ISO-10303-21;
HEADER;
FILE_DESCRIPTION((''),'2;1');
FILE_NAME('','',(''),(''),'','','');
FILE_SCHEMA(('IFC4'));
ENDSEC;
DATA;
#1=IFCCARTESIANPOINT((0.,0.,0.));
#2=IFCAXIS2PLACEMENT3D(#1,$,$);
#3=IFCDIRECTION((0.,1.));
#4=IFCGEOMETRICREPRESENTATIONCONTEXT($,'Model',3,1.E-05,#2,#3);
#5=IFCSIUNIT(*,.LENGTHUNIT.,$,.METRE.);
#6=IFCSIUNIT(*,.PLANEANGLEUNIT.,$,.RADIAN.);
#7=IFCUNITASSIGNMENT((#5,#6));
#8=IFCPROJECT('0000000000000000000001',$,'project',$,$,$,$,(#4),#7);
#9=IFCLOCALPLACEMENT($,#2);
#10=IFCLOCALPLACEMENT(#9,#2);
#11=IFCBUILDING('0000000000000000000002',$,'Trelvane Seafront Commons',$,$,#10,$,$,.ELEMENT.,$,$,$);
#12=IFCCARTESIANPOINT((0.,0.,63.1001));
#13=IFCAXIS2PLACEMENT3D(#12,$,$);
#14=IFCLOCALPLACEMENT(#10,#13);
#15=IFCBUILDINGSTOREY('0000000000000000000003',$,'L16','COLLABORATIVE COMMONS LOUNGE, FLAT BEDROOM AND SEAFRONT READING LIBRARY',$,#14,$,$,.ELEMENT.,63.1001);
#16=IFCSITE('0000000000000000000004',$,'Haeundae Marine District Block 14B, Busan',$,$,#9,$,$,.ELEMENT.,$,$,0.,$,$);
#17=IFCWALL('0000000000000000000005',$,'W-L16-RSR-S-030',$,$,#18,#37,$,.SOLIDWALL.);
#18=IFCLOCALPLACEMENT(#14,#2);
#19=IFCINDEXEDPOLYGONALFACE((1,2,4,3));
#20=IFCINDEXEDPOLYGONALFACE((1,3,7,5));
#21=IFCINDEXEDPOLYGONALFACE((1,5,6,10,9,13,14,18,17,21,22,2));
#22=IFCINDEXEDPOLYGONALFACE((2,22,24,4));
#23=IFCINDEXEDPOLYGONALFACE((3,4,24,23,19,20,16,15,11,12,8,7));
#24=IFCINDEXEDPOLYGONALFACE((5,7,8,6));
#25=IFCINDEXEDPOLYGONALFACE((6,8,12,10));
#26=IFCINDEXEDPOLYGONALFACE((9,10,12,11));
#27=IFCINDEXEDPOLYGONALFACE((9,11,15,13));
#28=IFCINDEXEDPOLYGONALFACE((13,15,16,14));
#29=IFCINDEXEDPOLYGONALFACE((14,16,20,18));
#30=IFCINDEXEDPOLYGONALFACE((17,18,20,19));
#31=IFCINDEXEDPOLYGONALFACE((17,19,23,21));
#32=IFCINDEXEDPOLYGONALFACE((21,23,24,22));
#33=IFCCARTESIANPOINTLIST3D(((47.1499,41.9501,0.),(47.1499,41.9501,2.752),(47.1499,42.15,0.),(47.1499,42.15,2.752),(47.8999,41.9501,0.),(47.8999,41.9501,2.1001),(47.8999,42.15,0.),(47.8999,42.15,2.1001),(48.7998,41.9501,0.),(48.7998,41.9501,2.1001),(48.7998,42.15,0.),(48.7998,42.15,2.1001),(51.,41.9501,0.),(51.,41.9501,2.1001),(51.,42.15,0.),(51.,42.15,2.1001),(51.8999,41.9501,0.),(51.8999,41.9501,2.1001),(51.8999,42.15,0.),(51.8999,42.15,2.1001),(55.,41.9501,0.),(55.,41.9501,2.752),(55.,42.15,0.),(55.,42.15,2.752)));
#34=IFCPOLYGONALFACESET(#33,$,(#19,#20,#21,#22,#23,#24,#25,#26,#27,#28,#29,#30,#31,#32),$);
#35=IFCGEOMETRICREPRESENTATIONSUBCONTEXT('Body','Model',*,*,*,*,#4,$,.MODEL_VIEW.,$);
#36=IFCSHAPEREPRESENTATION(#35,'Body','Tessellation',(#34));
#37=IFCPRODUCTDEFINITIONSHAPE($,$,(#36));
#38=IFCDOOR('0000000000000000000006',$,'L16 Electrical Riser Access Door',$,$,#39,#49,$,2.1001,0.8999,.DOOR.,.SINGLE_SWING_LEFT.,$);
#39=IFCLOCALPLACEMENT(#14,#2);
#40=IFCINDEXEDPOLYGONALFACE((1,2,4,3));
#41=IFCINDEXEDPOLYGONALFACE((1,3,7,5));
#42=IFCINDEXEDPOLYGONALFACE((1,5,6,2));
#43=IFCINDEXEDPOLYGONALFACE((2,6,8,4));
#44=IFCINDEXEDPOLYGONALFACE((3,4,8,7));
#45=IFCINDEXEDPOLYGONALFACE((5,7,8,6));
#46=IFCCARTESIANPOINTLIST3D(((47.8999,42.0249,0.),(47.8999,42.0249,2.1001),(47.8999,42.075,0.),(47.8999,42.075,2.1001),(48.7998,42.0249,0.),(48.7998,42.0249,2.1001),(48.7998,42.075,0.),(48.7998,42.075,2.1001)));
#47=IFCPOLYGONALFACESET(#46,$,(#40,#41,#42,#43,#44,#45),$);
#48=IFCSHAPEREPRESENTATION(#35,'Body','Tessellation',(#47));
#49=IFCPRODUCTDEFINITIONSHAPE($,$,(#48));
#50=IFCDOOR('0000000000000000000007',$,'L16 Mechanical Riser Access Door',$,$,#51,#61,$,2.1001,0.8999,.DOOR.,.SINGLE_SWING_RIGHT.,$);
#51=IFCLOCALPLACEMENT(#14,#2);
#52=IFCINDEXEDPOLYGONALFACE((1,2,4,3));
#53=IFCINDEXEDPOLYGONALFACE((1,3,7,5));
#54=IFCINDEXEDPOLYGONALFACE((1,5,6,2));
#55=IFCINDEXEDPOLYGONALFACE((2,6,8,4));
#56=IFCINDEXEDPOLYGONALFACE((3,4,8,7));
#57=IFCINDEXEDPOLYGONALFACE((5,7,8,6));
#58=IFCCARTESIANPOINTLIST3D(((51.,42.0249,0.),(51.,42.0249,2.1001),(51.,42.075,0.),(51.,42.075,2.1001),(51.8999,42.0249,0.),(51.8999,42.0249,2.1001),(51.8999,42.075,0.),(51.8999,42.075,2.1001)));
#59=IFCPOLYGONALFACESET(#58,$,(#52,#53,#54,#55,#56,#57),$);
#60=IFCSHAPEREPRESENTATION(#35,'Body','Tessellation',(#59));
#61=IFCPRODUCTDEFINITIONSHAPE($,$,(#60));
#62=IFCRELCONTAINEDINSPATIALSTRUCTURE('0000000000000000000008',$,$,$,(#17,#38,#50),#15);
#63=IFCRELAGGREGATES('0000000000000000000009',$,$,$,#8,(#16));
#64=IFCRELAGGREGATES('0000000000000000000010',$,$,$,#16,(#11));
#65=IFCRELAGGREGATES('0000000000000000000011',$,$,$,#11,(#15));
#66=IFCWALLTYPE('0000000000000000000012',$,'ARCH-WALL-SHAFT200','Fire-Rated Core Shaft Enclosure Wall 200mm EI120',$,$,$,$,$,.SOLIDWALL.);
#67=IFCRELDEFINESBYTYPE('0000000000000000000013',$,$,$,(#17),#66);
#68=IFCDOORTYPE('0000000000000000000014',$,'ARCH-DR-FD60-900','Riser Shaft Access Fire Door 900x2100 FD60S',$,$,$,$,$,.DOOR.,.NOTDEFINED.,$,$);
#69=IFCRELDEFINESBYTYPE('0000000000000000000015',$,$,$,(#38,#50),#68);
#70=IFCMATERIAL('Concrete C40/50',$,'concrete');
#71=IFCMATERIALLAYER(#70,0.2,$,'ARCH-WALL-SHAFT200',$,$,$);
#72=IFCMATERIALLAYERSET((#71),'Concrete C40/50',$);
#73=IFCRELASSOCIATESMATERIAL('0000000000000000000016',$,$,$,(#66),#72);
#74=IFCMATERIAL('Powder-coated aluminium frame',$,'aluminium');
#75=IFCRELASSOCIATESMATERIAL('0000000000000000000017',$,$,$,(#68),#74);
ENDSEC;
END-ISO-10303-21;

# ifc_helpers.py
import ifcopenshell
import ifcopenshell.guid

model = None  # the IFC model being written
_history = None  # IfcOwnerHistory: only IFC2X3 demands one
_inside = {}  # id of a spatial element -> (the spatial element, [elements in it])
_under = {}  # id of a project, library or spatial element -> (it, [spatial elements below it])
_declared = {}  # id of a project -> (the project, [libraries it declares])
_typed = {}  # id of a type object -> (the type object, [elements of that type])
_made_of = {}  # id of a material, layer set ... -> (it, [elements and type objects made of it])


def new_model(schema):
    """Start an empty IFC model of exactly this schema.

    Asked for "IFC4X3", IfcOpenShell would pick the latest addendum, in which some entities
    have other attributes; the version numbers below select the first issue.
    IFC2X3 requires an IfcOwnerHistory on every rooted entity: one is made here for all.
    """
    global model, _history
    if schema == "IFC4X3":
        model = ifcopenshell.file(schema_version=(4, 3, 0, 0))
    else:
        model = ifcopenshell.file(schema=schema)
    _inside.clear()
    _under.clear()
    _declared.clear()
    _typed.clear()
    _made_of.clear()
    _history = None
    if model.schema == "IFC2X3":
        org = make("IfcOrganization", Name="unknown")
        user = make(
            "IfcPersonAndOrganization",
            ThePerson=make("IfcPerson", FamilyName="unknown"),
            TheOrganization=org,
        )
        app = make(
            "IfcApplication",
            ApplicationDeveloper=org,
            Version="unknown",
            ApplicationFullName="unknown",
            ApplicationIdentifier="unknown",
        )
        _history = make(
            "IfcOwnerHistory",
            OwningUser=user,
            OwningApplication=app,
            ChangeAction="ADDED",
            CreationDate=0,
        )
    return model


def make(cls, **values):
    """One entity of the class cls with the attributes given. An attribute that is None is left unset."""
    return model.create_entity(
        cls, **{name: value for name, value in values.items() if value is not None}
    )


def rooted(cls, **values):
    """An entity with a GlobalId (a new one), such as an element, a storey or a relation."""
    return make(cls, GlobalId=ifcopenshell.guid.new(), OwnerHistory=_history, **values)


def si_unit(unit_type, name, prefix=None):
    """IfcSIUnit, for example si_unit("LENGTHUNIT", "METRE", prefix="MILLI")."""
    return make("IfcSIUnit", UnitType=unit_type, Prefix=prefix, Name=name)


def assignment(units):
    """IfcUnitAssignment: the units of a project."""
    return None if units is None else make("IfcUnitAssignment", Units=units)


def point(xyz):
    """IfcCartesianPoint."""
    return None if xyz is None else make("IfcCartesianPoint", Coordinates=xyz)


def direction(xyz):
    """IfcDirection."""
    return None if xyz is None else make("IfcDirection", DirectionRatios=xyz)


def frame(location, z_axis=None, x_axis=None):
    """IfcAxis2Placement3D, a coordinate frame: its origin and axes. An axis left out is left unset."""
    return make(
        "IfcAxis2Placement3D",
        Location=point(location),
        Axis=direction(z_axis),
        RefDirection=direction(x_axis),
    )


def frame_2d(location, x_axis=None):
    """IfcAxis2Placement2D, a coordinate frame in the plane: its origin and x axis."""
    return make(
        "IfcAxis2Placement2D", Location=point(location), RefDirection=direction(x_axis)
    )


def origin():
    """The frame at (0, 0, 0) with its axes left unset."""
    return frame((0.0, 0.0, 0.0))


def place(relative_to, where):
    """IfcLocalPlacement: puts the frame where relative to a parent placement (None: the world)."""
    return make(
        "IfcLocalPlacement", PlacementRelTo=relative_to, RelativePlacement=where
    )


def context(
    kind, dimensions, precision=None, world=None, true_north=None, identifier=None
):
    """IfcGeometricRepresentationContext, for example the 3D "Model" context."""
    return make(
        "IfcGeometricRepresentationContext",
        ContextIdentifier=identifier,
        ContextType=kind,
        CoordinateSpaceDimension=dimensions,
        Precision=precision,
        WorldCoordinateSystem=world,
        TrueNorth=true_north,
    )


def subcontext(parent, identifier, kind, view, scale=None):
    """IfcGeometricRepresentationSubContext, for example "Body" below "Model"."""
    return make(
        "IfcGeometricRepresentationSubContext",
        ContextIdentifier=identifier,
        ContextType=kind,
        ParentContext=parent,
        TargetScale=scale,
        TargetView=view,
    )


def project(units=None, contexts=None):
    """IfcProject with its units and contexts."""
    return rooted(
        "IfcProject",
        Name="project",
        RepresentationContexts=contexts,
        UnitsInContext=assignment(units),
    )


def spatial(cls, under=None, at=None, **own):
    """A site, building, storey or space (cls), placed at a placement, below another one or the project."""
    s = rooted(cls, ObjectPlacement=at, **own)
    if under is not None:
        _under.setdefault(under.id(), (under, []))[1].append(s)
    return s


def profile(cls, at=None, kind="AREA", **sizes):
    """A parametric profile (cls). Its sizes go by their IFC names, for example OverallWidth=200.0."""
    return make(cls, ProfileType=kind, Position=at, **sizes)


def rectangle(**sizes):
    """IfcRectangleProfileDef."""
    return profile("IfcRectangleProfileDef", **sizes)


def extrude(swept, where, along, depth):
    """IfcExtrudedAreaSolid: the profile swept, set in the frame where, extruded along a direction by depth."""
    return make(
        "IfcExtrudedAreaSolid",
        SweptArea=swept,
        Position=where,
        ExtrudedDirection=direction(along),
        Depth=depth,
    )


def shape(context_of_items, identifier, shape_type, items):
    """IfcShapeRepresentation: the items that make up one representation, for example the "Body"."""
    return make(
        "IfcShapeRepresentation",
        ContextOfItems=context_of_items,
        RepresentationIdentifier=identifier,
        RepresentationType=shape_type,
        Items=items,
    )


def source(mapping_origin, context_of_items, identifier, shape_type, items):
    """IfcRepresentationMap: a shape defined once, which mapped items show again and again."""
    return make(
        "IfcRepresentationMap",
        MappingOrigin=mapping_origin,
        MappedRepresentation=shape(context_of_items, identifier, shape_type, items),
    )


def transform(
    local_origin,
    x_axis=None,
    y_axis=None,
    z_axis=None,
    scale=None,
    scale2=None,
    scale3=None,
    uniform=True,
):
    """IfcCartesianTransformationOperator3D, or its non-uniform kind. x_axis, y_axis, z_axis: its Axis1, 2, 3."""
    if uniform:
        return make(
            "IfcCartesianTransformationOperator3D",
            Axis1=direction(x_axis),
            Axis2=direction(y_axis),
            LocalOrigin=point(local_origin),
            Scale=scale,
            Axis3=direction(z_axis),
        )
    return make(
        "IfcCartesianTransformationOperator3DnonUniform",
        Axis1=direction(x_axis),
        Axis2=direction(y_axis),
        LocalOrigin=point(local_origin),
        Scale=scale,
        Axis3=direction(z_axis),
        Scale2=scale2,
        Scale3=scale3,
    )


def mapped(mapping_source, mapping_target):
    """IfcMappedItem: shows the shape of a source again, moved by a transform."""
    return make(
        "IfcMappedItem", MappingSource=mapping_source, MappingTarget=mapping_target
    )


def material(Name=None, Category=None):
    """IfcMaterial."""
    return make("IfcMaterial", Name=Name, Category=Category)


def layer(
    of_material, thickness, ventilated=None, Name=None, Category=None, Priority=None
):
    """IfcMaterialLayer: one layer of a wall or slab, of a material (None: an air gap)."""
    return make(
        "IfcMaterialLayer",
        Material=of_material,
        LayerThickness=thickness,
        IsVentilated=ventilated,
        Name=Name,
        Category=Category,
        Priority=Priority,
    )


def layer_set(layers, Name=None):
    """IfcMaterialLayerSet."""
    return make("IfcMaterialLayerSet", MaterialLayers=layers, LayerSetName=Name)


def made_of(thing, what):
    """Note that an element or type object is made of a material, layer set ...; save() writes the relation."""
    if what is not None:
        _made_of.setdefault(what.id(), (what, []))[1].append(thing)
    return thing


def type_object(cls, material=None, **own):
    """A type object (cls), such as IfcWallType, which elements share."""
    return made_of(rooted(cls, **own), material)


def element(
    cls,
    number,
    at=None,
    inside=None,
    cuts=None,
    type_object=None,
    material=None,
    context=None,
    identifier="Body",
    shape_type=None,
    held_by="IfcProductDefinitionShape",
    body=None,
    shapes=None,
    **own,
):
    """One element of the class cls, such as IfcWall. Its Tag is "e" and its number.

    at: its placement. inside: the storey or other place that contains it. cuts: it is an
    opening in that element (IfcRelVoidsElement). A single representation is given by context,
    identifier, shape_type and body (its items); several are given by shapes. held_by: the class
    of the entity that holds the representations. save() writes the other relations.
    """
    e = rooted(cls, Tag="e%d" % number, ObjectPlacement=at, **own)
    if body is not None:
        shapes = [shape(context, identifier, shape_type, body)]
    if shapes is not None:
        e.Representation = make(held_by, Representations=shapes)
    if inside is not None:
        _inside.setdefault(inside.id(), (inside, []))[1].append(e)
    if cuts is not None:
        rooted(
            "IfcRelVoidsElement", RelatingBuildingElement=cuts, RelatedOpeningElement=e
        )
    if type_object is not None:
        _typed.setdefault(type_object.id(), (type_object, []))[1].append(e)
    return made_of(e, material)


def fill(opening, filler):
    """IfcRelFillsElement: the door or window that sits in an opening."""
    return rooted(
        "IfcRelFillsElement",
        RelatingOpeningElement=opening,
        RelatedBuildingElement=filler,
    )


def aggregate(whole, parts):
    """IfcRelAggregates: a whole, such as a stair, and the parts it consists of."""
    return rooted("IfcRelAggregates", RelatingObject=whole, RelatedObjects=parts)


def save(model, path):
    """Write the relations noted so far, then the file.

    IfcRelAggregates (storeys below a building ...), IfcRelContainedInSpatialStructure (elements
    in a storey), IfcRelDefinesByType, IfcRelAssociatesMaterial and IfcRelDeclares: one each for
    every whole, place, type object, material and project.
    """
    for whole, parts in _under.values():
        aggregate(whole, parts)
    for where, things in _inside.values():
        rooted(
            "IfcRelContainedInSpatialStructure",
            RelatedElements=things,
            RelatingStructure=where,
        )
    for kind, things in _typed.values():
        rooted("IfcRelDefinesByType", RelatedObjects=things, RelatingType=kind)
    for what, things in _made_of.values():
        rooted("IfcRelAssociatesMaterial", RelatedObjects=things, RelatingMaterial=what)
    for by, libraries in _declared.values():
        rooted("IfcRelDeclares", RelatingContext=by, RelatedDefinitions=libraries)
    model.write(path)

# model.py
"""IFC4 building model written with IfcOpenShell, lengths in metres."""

from ifc_helpers import new_model, si_unit, direction, frame, frame_2d, origin, place, context, subcontext, project, spatial, rectangle, extrude, source, transform, mapped, material, layer, layer_set, type_object, element, fill, save


model = new_model("IFC4")

# Units and contexts
model_context = context("Model", 3, precision=1e-05, world=origin(), true_north=direction((0.0, 1.0)))
body_context = subcontext(model_context, "Body", "Model", "MODEL_VIEW")
ifc_project = project(units=[si_unit("LENGTHUNIT", "METRE"), si_unit("PLANEANGLEUNIT", "RADIAN")], contexts=[model_context])

# Site, building, storey
site_placement = place(None, origin())
site = spatial("IfcSite", under=ifc_project, at=site_placement, Name="Haeundae Marine District Block 14B, Busan", CompositionType="ELEMENT", RefElevation=0.0)
building_placement = place(site_placement, origin())
building = spatial("IfcBuilding", under=site, at=building_placement, Name="Trelvane Seafront Commons", CompositionType="ELEMENT")
storey_placement = place(building_placement, frame((0.0, 0.0, 63.1001)))
storey = spatial("IfcBuildingStorey", under=building, at=storey_placement, Name="L16", Description="COLLABORATIVE COMMONS LOUNGE, FLAT BEDROOM AND SEAFRONT READING LIBRARY", CompositionType="ELEMENT", Elevation=63.1001)

# Shared definitions
ifc_material_1 = material(Name="Concrete C40/50", Category="concrete")
ifc_layer_1 = layer(ifc_material_1, 0.2, Name="ARCH-WALL-SHAFT200")
ifc_layer_set_1 = layer_set([ifc_layer_1], Name="Concrete C40/50")
wall_type_1 = type_object("IfcWallType", Name="ARCH-WALL-SHAFT200", Description="Fire-Rated Core Shaft Enclosure Wall 200mm EI120", PredefinedType="SOLIDWALL", material=ifc_layer_set_1)

# Wall, openings, doors
wall_1_placement = place(storey_placement, frame((47.1499, 42.05, 0.0), z_axis=(0.0, 0.0, 1.0), x_axis=(1.0, 0.0, 0.0)))
wall_1 = element("IfcWall", 1, at=wall_1_placement, inside=storey, type_object=wall_type_1, Name="W-L16-RSR-S-030", PredefinedType="SOLIDWALL", context=body_context, shape_type="SweptSolid", body=[
    extrude(rectangle(XDim=7.8501, YDim=0.2, at=frame_2d((3.925, 0.0))), origin(), (0.0, 0.0, 1.0), 2.752),
])
opening_1_placement = place(wall_1_placement, frame((0.75, 0.0, 0.0)))
opening_1 = element("IfcOpeningElement", 2, at=opening_1_placement, cuts=wall_1, PredefinedType="OPENING", context=body_context, shape_type="SweptSolid", body=[
    extrude(rectangle(XDim=0.8999, YDim=2.1001, at=frame_2d((0.45, 1.05))), frame((0.0, 0.1099, 0.0), z_axis=(0.0, -1.0, 0.0), x_axis=(1.0, 0.0, 0.0)), (0.0, 0.0, 1.0), 0.22),
])
opening_2_placement = place(wall_1_placement, frame((3.8501, 0.0, 0.0)))
opening_2 = element("IfcOpeningElement", 3, at=opening_2_placement, cuts=wall_1, PredefinedType="OPENING", context=body_context, shape_type="SweptSolid", body=[
    extrude(rectangle(XDim=0.8999, YDim=2.1001, at=frame_2d((0.45, 1.05))), frame((0.0, 0.1099, 0.0), z_axis=(0.0, -1.0, 0.0), x_axis=(1.0, 0.0, 0.0)), (0.0, 0.0, 1.0), 0.22),
])
ifc_material_2 = material(Name="Powder-coated aluminium frame", Category="aluminium")
door_type = type_object("IfcDoorType", Name="ARCH-DR-FD60-900", Description="Riser Shaft Access Fire Door 900x2100 FD60S", OperationType="NOTDEFINED", PredefinedType="DOOR", material=ifc_material_2)
shared_shape_1 = source(origin(), body_context, "Body", "SweptSolid", [
    extrude(rectangle(XDim=0.8999, YDim=2.1001, at=frame_2d((0.45, 1.05))), frame((0.0, 0.0249, 0.0), z_axis=(0.0, -1.0, 0.0), x_axis=(1.0, 0.0, 0.0)), (0.0, 0.0, 1.0), 0.05),
])
door_1_placement = place(opening_1_placement, origin())
door_1 = element("IfcDoor", 4, at=door_1_placement, inside=storey, type_object=door_type, Name="L16 Electrical Riser Access Door", OperationType="SINGLE_SWING_LEFT", OverallHeight=2.1001, OverallWidth=0.8999, PredefinedType="DOOR", context=body_context, shape_type="MappedRepresentation", body=[
    mapped(shared_shape_1, transform((0.0, 0.0, 0.0), x_axis=(1.0, 0.0, 0.0), y_axis=(0.0, 1.0, 0.0), z_axis=(0.0, 0.0, 1.0), scale=1.0)),
])
fill(opening_1, door_1)
door_2_placement = place(opening_2_placement, origin())
door_2 = element("IfcDoor", 5, at=door_2_placement, inside=storey, type_object=door_type, Name="L16 Mechanical Riser Access Door", OperationType="SINGLE_SWING_RIGHT", OverallHeight=2.1001, OverallWidth=0.8999, PredefinedType="DOOR", context=body_context, shape_type="MappedRepresentation", body=[
    mapped(shared_shape_1, transform((0.0, 0.0, 0.0), x_axis=(1.0, 0.0, 0.0), y_axis=(0.0, 1.0, 0.0), z_axis=(0.0, 0.0, 1.0), scale=1.0)),
])
fill(opening_2, door_2)

save(model, "model.ifc")
